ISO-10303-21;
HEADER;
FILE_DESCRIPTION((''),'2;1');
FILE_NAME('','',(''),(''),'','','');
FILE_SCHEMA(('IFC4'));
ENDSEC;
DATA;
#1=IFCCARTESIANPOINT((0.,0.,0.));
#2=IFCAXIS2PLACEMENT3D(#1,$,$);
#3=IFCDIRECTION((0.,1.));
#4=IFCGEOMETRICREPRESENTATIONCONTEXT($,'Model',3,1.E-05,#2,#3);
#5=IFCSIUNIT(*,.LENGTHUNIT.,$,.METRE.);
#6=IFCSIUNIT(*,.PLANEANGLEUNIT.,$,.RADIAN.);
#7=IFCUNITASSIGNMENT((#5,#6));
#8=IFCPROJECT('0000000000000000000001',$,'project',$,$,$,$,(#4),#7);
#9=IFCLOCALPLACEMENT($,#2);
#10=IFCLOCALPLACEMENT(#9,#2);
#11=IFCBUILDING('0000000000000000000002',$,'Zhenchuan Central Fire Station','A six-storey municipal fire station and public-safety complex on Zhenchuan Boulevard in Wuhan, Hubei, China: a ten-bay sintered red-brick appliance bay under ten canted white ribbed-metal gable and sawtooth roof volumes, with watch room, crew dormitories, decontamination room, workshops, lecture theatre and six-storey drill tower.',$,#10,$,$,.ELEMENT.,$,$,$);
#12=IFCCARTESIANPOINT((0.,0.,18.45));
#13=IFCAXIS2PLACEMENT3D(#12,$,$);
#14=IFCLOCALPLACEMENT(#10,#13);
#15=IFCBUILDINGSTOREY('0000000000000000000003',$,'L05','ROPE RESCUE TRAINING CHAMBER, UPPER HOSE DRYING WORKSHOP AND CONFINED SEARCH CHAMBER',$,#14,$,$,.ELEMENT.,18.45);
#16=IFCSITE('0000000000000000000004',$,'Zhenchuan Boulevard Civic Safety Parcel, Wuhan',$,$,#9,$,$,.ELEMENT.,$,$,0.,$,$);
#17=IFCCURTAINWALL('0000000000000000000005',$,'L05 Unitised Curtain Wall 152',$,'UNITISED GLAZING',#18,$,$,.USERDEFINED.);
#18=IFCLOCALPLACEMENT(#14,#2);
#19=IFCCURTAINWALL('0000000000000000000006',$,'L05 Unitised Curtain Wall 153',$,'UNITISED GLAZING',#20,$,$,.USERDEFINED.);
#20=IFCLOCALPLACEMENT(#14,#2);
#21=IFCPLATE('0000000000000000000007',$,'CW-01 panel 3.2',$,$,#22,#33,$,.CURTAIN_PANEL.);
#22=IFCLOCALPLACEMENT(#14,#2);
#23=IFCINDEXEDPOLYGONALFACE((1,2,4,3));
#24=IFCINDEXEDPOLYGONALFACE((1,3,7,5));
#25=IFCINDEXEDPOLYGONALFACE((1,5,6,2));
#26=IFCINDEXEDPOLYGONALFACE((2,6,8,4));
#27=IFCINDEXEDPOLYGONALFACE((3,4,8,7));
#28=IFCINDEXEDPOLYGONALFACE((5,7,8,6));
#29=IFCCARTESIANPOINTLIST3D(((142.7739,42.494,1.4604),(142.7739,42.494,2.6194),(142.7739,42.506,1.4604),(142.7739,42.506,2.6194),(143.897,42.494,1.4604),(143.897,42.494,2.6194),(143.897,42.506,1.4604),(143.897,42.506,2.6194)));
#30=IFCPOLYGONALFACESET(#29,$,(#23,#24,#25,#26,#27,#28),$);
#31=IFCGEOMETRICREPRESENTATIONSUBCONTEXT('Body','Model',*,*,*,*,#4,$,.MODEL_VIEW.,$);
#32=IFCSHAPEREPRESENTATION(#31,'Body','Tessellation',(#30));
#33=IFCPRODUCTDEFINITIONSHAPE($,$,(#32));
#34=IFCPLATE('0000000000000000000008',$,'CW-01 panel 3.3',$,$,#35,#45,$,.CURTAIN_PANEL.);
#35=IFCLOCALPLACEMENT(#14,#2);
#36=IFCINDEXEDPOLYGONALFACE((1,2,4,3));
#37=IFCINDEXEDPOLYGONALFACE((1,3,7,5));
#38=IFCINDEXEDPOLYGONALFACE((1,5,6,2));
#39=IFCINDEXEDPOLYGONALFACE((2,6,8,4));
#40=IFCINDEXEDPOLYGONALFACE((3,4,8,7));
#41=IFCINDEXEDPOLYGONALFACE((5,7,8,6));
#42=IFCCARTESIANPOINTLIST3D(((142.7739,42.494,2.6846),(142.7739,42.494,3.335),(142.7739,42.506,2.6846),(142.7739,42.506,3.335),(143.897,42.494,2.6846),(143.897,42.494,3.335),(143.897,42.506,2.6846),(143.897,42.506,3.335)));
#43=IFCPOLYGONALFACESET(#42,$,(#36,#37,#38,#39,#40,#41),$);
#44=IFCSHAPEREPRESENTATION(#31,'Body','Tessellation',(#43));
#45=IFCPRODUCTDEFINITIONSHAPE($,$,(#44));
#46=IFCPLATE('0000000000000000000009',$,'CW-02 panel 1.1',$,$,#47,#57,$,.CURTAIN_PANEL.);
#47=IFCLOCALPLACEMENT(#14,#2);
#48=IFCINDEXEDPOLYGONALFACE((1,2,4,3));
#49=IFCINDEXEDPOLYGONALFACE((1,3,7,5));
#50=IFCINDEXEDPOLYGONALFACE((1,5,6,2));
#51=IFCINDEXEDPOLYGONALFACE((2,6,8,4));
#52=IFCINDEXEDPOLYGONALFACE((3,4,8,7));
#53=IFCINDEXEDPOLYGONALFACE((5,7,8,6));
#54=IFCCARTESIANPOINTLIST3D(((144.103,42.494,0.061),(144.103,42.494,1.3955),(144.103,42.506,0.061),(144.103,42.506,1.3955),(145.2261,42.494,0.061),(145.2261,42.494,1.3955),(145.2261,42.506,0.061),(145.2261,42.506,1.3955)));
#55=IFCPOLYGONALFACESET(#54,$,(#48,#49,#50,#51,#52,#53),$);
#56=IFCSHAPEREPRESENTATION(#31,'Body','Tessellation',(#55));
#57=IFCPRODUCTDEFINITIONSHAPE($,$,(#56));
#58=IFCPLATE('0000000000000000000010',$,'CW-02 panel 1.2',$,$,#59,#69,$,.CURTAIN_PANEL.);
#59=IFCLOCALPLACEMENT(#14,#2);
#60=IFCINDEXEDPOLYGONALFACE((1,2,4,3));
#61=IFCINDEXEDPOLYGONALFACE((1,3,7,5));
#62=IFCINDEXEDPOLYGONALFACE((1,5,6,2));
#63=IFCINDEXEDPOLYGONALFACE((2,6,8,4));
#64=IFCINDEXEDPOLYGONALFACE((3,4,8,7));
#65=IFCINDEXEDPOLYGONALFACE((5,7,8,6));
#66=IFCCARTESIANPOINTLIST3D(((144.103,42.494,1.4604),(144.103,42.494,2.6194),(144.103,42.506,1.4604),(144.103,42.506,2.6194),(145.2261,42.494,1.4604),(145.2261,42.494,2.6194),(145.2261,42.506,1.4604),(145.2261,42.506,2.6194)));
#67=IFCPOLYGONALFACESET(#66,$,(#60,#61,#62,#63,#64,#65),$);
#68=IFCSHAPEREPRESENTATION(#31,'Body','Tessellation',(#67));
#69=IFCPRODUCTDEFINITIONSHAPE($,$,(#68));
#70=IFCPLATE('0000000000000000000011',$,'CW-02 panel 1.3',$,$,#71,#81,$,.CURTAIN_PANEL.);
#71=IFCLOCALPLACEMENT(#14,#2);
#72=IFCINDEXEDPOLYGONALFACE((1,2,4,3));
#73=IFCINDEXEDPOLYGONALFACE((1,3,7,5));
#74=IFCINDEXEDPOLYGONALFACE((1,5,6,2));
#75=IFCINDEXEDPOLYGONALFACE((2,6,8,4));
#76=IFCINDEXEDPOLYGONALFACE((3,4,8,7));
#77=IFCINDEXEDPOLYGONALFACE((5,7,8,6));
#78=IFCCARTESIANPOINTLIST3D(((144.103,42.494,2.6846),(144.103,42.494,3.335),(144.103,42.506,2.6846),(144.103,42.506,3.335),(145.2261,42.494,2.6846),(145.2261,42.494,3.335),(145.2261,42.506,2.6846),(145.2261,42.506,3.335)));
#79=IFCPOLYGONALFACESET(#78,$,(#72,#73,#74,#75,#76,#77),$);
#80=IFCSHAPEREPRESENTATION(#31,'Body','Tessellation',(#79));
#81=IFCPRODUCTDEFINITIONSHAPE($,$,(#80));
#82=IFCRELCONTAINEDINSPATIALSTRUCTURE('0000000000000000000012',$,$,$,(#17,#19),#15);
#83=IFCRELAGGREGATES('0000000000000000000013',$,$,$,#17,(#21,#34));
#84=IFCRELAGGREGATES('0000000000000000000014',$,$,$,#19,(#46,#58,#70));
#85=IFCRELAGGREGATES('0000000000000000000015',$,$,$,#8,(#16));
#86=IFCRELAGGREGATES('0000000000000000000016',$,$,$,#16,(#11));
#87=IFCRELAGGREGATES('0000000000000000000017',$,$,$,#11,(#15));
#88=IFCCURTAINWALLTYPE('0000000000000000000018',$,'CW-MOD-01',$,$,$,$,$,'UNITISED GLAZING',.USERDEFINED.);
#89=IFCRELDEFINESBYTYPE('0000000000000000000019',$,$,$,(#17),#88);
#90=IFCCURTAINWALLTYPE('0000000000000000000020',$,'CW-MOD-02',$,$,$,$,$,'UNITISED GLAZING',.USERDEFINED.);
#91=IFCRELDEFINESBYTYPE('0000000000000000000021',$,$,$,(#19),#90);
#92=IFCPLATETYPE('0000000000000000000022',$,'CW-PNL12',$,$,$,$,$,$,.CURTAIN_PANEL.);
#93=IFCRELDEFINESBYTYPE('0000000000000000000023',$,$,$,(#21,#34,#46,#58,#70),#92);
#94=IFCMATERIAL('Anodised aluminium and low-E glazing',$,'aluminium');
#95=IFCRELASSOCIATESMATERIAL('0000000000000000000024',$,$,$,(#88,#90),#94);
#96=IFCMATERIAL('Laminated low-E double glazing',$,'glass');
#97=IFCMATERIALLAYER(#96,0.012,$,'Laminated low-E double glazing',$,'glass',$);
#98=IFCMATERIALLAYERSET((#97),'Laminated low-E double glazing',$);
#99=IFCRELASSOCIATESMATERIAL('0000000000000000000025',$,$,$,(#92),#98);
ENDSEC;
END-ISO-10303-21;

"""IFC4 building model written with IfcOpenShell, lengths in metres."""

from ifc_helpers import new_model, si_unit, direction, frame, origin, origin_2d, place, context, subcontext, project, spatial, rectangle, extrude, material, layer, layer_set, type_object, element, aggregate, save


model = new_model("IFC4")

# Units and contexts
model_context = context("Model", 3, precision=1e-05, world=origin(), true_north=direction((0.0, 1.0)))
body_context = subcontext(model_context, "Body", "Model", "MODEL_VIEW")
ifc_project = project(units=[si_unit("LENGTHUNIT", "METRE"), si_unit("PLANEANGLEUNIT", "RADIAN")], contexts=[model_context])

# Site, building, storey
site_placement = place(None, origin())
site = spatial("IfcSite", under=ifc_project, at=site_placement, Name="Zhenchuan Boulevard Civic Safety Parcel, Wuhan", CompositionType="ELEMENT", RefElevation=0.0)
building_placement = place(site_placement, origin())
building = spatial("IfcBuilding", under=site, at=building_placement, Name="Zhenchuan Central Fire Station", Description="A six-storey municipal fire station and public-safety complex on Zhenchuan Boulevard in Wuhan, Hubei, China: a ten-bay sintered red-brick appliance bay under ten canted white ribbed-metal gable and sawtooth roof volumes, with watch room, crew dormitories, decontamination room, workshops, lecture theatre and six-storey drill tower.", CompositionType="ELEMENT")
storey_placement = place(building_placement, frame((0.0, 0.0, 18.45)))
storey = spatial("IfcBuildingStorey", under=building, at=storey_placement, Name="L05", Description="ROPE RESCUE TRAINING CHAMBER, UPPER HOSE DRYING WORKSHOP AND CONFINED SEARCH CHAMBER", CompositionType="ELEMENT", Elevation=18.45)

# Curtain walls
ifc_material_1 = material(Name="Anodised aluminium and low-E glazing", Category="aluminium")
curtain_wall_type_1 = type_object("IfcCurtainWallType", Name="CW-MOD-01", ElementType="UNITISED GLAZING", PredefinedType="USERDEFINED", material=ifc_material_1)
curtain_wall_1_placement = place(storey_placement, origin())
curtain_wall_1 = element("IfcCurtainWall", 1, at=curtain_wall_1_placement, inside=storey, type_object=curtain_wall_type_1, Name="L05 Unitised Curtain Wall 152", ObjectType="UNITISED GLAZING", PredefinedType="USERDEFINED")
curtain_wall_type_2 = type_object("IfcCurtainWallType", Name="CW-MOD-02", ElementType="UNITISED GLAZING", PredefinedType="USERDEFINED", material=ifc_material_1)
curtain_wall_2_placement = place(storey_placement, origin())
curtain_wall_2 = element("IfcCurtainWall", 2, at=curtain_wall_2_placement, inside=storey, type_object=curtain_wall_type_2, Name="L05 Unitised Curtain Wall 153", ObjectType="UNITISED GLAZING", PredefinedType="USERDEFINED")

# Plates
ifc_material_2 = material(Name="Laminated low-E double glazing", Category="glass")
ifc_layer = layer(ifc_material_2, 0.012, Name="Laminated low-E double glazing", Category="glass")
ifc_layer_set = layer_set([ifc_layer], Name="Laminated low-E double glazing")
plate_type = type_object("IfcPlateType", Name="CW-PNL12", PredefinedType="CURTAIN_PANEL", material=ifc_layer_set)
plate_1_placement = place(storey_placement, frame((143.3354, 42.5, 1.4604), z_axis=(0.0, 0.0, 1.0), x_axis=(1.0, 0.0, 0.0)))
plate_1 = element("IfcPlate", 3, at=plate_1_placement, type_object=plate_type, Name="CW-01 panel 3.2", PredefinedType="CURTAIN_PANEL", context=body_context, shape_type="SweptSolid", body=[
    extrude(rectangle(XDim=1.123, YDim=0.012, at=origin_2d()), origin(), (0.0, 0.0, 1.0), 1.1589),
])
plate_2_placement = place(storey_placement, frame((143.3354, 42.5, 2.6846), z_axis=(0.0, 0.0, 1.0), x_axis=(1.0, 0.0, 0.0)))
plate_2 = element("IfcPlate", 4, at=plate_2_placement, type_object=plate_type, Name="CW-01 panel 3.3", PredefinedType="CURTAIN_PANEL", context=body_context, shape_type="SweptSolid", body=[
    extrude(rectangle(XDim=1.123, YDim=0.012, at=origin_2d()), origin(), (0.0, 0.0, 1.0), 0.6504),
])
aggregate(curtain_wall_1, [plate_1, plate_2])
plate_3_placement = place(storey_placement, frame((144.6646, 42.5, 0.061), z_axis=(0.0, 0.0, 1.0), x_axis=(1.0, 0.0, 0.0)))
plate_3 = element("IfcPlate", 5, at=plate_3_placement, type_object=plate_type, Name="CW-02 panel 1.1", PredefinedType="CURTAIN_PANEL", context=body_context, shape_type="SweptSolid", body=[
    extrude(rectangle(XDim=1.123, YDim=0.012, at=origin_2d()), origin(), (0.0, 0.0, 1.0), 1.3345),
])
plate_4_placement = place(storey_placement, frame((144.6646, 42.5, 1.4604), z_axis=(0.0, 0.0, 1.0), x_axis=(1.0, 0.0, 0.0)))
plate_4 = element("IfcPlate", 6, at=plate_4_placement, type_object=plate_type, Name="CW-02 panel 1.2", PredefinedType="CURTAIN_PANEL", context=body_context, shape_type="SweptSolid", body=[
    extrude(rectangle(XDim=1.123, YDim=0.012, at=origin_2d()), origin(), (0.0, 0.0, 1.0), 1.1589),
])
plate_5_placement = place(storey_placement, frame((144.6646, 42.5, 2.6846), z_axis=(0.0, 0.0, 1.0), x_axis=(1.0, 0.0, 0.0)))
plate_5 = element("IfcPlate", 7, at=plate_5_placement, type_object=plate_type, Name="CW-02 panel 1.3", PredefinedType="CURTAIN_PANEL", context=body_context, shape_type="SweptSolid", body=[
    extrude(rectangle(XDim=1.123, YDim=0.012, at=origin_2d()), origin(), (0.0, 0.0, 1.0), 0.6504),
])
aggregate(curtain_wall_2, [plate_3, plate_4, plate_5])

save(model, "model.ifc")
